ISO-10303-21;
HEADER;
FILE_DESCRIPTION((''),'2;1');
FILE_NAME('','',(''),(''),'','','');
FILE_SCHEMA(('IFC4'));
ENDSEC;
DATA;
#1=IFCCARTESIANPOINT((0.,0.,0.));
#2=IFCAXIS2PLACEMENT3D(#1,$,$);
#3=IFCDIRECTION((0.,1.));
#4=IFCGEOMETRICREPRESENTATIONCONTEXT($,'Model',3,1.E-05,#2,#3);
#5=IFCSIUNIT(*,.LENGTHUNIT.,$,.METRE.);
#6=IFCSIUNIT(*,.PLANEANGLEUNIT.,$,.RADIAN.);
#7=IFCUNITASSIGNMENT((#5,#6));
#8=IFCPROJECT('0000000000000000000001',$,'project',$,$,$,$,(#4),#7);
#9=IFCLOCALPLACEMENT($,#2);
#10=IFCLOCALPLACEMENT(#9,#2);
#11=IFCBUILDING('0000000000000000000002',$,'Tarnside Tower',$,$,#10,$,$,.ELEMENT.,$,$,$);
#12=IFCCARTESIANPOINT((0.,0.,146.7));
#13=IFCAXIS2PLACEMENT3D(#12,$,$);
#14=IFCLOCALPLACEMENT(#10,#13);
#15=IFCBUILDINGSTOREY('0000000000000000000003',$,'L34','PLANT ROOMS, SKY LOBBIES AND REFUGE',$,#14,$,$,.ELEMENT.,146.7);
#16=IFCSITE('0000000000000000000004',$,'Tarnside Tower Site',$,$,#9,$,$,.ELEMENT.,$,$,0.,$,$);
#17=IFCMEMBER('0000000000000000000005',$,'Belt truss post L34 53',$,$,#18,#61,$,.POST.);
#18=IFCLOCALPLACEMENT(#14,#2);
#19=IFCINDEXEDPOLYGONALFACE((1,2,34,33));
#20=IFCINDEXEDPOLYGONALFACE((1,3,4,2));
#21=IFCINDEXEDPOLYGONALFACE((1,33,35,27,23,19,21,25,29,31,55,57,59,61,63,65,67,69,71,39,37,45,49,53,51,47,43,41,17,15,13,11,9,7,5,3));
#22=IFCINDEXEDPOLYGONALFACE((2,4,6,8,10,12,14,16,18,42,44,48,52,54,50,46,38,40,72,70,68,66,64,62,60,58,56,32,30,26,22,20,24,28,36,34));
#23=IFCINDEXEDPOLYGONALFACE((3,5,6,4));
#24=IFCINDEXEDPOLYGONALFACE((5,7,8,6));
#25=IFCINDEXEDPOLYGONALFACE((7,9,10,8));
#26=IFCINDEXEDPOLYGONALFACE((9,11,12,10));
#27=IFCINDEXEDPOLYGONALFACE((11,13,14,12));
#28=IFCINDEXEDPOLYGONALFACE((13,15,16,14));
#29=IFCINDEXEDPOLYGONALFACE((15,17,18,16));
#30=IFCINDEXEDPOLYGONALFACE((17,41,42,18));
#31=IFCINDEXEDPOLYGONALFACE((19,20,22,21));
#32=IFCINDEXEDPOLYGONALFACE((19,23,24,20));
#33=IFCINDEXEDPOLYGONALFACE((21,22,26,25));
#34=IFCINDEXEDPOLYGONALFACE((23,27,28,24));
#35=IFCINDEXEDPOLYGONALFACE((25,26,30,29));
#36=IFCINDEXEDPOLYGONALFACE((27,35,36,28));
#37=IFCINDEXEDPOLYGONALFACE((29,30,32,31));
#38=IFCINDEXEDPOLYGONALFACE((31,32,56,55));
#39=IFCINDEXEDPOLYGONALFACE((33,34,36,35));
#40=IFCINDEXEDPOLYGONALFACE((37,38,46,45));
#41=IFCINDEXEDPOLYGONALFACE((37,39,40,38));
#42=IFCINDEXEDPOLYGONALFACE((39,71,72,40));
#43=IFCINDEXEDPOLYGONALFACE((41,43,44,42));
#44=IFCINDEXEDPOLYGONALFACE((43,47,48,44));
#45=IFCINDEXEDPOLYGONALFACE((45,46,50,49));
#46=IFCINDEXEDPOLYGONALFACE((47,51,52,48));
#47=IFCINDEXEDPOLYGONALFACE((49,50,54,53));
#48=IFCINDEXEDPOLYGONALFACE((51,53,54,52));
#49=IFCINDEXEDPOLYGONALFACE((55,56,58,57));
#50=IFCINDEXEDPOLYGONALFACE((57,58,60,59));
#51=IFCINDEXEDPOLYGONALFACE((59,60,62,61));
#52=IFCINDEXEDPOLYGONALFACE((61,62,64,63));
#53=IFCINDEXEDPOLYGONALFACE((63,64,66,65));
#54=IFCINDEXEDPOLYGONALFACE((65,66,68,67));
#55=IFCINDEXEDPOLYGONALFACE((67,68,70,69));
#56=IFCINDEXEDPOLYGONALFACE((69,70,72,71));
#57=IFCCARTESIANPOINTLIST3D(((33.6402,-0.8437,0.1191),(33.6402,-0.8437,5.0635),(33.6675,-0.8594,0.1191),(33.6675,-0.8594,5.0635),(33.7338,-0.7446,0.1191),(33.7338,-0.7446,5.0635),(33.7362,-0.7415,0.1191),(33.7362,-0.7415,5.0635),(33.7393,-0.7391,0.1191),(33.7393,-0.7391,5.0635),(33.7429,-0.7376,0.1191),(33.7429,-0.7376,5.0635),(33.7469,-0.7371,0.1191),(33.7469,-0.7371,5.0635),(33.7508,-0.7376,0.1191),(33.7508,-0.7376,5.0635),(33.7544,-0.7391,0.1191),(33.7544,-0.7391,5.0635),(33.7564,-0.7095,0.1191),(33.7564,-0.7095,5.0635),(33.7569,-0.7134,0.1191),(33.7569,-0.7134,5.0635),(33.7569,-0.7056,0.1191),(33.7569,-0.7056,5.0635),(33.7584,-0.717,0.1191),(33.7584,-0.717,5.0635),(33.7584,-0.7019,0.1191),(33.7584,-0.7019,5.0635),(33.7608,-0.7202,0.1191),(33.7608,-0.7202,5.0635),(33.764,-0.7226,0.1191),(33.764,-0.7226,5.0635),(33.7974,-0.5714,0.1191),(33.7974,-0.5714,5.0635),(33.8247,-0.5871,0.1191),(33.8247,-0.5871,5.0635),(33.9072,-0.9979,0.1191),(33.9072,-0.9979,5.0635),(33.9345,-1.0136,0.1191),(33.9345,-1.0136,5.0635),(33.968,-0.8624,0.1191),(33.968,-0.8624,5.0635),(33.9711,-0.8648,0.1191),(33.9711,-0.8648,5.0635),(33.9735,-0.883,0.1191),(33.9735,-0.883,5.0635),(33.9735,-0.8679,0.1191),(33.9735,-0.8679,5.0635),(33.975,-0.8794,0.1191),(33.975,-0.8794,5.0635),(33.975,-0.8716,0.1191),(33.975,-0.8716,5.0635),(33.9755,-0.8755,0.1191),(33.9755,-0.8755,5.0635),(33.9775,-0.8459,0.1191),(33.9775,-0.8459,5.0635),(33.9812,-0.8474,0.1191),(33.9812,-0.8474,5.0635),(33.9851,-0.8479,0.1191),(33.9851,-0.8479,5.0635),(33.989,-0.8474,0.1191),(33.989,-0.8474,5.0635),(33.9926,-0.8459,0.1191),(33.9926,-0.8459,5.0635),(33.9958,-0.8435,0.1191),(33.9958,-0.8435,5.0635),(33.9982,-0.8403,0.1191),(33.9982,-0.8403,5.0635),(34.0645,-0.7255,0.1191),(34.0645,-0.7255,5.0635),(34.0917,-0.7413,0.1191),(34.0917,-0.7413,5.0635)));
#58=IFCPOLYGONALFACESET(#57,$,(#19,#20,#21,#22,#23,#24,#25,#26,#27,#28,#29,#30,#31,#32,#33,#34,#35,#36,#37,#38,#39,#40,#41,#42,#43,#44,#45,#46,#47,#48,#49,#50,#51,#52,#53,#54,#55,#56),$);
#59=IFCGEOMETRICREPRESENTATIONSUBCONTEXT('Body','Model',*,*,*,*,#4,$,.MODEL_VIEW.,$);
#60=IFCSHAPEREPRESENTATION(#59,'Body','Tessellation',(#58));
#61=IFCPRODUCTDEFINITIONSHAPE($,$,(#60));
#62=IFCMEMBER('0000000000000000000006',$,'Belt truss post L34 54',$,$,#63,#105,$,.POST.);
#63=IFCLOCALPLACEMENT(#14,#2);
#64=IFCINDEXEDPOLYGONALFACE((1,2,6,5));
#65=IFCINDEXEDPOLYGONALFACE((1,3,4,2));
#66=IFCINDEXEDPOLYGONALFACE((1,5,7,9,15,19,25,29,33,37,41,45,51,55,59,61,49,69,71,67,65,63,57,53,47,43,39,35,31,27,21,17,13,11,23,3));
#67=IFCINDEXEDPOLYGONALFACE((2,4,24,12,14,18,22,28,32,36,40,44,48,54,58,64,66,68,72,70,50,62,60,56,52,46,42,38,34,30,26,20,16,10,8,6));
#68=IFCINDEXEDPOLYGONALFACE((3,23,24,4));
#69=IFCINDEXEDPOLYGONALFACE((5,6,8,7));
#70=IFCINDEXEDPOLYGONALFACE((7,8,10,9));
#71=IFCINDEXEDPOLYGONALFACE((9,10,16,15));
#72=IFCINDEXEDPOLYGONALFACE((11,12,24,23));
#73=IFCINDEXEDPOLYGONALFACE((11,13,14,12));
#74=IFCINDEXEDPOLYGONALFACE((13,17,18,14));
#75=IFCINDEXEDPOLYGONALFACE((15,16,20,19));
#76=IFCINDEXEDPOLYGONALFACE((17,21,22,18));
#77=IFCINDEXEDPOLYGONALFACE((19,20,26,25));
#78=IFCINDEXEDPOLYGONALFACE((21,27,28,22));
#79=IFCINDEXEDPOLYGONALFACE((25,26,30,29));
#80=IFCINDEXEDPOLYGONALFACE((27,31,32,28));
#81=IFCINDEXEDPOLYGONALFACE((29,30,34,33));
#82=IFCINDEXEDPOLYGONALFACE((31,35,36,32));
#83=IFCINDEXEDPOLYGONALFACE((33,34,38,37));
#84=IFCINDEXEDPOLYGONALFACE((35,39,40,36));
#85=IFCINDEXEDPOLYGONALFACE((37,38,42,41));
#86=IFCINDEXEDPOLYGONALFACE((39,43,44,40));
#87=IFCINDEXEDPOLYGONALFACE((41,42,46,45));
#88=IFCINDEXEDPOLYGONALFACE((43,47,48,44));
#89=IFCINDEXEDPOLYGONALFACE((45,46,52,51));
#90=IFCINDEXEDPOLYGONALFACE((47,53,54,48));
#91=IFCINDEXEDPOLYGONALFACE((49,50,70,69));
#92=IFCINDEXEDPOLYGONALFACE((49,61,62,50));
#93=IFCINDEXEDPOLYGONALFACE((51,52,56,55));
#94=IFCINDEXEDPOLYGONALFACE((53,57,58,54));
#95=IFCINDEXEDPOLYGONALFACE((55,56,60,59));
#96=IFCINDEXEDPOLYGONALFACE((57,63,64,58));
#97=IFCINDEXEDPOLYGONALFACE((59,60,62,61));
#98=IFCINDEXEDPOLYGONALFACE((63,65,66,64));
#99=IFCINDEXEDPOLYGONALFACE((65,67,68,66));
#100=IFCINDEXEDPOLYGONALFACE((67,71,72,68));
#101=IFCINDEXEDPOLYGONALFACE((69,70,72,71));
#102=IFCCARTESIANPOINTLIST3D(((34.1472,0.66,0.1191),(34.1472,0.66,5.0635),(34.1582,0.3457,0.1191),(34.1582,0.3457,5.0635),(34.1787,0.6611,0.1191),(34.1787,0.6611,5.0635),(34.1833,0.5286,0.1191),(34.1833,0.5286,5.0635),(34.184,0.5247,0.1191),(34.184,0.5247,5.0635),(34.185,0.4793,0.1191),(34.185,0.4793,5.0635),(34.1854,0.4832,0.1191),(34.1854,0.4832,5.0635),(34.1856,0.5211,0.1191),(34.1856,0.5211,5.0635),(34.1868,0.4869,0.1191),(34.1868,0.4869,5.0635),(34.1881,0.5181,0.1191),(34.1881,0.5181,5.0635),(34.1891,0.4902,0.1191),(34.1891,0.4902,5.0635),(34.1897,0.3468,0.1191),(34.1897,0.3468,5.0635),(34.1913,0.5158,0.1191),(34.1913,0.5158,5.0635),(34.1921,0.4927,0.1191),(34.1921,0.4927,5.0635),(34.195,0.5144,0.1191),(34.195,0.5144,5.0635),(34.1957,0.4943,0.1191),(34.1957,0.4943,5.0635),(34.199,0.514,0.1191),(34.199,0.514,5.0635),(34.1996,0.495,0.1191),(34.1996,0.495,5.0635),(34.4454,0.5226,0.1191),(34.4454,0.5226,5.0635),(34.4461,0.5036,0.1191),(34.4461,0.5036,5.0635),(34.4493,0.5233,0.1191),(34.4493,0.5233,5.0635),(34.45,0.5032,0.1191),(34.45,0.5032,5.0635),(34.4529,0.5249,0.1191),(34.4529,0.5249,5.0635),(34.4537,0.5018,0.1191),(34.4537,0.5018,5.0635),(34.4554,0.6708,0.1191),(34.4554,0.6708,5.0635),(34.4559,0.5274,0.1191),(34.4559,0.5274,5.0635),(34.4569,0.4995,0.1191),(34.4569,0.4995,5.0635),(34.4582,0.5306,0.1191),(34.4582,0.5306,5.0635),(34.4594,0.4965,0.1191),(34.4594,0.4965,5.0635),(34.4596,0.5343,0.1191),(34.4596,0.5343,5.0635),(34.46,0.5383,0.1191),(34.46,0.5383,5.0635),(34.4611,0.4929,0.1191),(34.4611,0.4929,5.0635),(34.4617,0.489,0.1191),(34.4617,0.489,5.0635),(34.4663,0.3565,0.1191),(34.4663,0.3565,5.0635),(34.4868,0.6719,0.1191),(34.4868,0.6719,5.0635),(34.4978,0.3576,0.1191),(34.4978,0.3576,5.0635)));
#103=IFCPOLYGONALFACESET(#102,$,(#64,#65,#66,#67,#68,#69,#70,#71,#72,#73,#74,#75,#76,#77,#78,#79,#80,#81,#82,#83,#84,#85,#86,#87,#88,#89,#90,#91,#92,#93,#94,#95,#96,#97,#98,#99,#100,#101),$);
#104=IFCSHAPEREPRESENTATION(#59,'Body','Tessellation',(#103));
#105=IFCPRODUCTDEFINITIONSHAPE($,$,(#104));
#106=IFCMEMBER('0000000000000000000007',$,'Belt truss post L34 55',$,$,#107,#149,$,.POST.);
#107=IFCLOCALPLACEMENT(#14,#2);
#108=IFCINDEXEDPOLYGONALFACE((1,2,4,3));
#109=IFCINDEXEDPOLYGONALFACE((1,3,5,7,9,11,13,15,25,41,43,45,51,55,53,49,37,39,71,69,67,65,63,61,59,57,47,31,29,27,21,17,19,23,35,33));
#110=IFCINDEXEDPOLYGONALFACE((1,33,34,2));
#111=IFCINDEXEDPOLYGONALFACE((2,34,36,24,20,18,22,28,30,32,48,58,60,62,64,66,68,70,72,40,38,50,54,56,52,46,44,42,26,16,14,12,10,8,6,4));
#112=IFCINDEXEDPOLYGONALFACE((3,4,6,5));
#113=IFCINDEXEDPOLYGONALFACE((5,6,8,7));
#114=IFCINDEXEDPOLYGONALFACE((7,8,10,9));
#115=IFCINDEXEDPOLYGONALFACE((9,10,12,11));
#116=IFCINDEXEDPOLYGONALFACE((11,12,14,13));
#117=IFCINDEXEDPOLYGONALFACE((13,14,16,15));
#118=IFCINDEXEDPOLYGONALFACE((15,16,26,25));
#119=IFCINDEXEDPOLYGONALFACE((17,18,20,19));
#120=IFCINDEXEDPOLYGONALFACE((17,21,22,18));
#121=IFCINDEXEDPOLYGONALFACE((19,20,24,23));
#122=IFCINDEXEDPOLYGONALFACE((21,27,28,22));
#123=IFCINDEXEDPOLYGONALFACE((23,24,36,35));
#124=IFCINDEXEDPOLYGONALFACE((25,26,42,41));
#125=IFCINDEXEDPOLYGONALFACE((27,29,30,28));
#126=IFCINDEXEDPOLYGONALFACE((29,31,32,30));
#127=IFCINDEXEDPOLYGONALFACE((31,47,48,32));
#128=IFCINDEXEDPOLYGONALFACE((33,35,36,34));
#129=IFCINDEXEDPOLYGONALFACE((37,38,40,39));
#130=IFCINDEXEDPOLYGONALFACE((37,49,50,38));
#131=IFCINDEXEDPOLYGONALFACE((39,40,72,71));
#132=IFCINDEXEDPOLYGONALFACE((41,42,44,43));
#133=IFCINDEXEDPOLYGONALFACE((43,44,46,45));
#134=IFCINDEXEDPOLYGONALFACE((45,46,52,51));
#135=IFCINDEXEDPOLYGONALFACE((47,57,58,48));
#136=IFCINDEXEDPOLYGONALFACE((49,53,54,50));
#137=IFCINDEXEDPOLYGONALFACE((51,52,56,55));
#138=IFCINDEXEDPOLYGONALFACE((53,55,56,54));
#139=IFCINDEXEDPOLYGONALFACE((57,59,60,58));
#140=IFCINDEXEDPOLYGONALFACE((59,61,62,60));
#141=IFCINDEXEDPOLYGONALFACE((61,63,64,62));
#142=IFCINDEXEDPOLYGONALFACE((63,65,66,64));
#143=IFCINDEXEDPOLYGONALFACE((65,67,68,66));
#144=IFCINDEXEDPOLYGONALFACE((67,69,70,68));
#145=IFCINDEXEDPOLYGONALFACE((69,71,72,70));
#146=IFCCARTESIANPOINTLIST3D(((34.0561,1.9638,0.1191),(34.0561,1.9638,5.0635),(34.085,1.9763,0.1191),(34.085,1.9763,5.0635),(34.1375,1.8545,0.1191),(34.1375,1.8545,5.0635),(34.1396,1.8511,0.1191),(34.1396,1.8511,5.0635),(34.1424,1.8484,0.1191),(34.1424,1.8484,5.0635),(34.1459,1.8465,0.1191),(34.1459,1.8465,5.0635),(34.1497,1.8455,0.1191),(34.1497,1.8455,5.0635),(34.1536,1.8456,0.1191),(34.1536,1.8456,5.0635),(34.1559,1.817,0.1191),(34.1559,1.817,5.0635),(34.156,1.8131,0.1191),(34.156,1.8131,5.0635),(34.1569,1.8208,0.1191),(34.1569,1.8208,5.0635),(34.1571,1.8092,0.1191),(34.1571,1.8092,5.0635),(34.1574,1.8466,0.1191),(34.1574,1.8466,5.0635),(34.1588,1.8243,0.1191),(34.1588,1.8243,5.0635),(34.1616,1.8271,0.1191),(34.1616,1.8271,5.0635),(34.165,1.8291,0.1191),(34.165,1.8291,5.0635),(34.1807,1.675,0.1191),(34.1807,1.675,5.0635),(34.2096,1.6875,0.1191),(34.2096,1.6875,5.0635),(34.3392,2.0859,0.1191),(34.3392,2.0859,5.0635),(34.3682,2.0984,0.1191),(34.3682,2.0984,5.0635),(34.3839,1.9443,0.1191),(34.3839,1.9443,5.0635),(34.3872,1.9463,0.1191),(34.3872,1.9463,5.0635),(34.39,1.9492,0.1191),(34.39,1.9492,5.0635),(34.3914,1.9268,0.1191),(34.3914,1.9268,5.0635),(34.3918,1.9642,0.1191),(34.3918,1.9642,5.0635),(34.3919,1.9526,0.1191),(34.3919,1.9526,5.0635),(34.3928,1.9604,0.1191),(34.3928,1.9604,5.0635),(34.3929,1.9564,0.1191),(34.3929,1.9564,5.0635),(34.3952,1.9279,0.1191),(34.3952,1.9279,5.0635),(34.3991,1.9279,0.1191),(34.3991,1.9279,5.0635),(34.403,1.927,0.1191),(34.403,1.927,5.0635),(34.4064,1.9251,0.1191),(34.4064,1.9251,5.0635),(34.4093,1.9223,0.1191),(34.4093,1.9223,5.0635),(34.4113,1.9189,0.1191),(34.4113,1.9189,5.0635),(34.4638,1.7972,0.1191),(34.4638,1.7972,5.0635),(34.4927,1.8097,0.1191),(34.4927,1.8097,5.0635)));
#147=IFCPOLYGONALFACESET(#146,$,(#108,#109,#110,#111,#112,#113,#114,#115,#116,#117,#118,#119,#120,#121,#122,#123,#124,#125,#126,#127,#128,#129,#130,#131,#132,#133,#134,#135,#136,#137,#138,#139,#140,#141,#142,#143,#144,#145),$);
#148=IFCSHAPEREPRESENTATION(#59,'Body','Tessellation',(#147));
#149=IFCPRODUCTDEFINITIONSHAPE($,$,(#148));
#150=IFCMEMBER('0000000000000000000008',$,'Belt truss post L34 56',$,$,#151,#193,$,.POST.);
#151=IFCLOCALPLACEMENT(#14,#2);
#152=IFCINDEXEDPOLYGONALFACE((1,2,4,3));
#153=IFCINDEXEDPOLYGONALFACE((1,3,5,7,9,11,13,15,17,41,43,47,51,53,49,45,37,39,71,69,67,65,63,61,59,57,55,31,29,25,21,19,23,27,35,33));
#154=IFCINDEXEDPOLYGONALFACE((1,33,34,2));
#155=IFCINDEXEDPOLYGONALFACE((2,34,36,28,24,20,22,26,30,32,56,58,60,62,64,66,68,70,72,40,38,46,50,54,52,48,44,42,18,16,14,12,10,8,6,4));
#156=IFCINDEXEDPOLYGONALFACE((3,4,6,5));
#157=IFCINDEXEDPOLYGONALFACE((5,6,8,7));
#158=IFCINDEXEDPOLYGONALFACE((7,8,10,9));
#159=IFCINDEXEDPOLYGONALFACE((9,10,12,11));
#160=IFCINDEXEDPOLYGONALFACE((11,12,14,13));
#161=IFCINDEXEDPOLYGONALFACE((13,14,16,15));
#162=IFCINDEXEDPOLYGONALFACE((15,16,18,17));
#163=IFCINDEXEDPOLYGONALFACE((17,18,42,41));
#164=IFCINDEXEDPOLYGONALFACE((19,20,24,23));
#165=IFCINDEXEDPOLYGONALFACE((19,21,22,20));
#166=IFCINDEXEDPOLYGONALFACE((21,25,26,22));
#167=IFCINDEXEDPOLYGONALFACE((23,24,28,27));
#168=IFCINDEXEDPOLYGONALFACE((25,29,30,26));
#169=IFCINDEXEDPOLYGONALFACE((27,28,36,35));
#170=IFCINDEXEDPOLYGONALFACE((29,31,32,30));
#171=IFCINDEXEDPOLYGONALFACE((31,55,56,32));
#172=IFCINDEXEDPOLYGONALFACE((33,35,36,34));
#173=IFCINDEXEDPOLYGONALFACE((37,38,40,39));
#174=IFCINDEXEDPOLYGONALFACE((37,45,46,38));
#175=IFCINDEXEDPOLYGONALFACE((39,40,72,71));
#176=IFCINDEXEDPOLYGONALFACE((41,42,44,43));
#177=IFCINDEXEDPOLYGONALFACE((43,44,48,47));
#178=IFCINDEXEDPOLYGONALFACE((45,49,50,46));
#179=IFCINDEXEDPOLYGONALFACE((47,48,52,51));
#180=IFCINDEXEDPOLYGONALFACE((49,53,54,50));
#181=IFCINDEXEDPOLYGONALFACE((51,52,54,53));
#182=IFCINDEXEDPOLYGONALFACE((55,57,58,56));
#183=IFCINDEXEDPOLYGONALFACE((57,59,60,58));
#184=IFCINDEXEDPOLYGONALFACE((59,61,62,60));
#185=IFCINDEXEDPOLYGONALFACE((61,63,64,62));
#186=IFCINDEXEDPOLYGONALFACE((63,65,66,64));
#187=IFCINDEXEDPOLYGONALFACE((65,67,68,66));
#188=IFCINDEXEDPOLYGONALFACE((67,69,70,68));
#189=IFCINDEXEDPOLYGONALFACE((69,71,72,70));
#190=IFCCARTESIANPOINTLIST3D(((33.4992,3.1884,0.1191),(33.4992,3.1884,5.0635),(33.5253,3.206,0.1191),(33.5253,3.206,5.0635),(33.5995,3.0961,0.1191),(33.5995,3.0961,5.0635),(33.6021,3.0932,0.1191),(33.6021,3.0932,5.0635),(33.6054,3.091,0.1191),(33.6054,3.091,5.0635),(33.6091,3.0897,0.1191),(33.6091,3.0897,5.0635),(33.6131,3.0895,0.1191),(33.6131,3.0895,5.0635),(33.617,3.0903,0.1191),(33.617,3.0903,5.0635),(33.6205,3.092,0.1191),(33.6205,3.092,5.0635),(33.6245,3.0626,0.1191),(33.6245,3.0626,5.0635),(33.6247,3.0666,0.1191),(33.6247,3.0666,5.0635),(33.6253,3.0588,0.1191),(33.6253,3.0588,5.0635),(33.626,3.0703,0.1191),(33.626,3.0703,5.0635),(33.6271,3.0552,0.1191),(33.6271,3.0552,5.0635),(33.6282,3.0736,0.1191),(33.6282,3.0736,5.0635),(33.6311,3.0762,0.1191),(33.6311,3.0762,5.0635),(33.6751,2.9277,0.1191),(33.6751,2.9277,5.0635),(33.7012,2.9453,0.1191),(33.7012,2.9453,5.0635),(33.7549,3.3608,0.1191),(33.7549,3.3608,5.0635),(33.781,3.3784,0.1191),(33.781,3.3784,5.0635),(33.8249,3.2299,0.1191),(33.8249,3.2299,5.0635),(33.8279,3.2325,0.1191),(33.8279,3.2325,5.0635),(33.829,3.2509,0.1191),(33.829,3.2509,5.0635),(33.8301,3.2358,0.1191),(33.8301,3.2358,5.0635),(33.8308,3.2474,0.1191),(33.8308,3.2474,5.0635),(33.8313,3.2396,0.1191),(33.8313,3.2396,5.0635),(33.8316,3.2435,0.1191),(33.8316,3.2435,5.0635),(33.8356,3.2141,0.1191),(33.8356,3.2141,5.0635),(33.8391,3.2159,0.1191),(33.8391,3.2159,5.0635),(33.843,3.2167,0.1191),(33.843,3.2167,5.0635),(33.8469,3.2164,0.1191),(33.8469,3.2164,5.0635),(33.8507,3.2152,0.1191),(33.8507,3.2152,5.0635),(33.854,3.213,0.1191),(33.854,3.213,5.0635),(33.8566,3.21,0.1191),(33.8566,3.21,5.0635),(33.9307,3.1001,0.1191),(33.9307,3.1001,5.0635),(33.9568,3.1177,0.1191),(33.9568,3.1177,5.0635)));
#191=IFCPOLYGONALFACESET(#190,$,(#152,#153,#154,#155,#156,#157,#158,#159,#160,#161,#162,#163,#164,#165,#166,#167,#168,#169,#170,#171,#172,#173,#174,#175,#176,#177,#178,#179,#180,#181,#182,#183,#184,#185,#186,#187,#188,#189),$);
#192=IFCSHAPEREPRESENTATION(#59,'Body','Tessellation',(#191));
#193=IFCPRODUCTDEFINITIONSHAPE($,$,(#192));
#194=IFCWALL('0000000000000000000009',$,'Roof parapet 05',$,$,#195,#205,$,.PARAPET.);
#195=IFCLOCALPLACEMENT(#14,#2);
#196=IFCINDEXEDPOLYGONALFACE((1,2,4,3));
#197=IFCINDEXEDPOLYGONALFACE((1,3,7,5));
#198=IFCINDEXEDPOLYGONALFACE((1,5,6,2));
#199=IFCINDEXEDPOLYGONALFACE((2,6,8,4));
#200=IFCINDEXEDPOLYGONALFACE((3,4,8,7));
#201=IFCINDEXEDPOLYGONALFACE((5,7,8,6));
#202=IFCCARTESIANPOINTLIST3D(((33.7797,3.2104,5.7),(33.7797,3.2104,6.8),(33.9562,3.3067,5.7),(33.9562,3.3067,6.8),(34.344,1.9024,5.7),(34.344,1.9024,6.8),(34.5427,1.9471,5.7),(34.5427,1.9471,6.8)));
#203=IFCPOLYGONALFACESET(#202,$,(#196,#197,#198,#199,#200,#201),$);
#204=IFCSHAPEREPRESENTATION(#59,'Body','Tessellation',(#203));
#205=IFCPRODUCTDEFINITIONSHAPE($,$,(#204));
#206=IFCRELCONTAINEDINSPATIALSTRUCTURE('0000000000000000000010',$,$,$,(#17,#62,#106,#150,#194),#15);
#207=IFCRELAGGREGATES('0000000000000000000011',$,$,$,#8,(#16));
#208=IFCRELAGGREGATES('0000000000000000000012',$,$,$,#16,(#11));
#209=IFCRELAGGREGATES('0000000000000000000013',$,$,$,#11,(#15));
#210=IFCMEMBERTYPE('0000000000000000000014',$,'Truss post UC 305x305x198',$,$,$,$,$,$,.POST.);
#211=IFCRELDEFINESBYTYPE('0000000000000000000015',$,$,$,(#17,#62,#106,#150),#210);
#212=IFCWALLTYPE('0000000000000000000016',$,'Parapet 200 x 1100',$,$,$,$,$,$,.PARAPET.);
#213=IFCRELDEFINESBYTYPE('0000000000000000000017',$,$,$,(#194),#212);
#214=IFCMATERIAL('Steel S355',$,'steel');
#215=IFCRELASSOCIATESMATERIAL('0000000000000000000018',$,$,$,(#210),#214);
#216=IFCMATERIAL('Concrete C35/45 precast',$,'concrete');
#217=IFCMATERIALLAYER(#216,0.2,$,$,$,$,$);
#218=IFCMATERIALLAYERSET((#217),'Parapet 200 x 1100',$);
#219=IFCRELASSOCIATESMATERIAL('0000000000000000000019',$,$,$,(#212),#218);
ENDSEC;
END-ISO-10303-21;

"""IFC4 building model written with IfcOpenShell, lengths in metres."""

from ifc_helpers import new_model, si_unit, direction, frame, origin, origin_2d, place, context, subcontext, project, spatial, polyline, i_section, outline, extrude, material, layer, layer_set, material_profile, profile_set, type_object, element, save


model = new_model("IFC4")

# Units and contexts
model_context = context("Model", 3, precision=1e-05, world=origin(), true_north=direction((0.0, 1.0)))
body_context = subcontext(model_context, "Body", "Model", "MODEL_VIEW")
ifc_project = project(units=[si_unit("LENGTHUNIT", "METRE"), si_unit("PLANEANGLEUNIT", "RADIAN")], contexts=[model_context])

# Site, building, storey
site_placement = place(None, origin())
site = spatial("IfcSite", under=ifc_project, at=site_placement, Name="Tarnside Tower Site", CompositionType="ELEMENT", RefElevation=0.0)
building_placement = place(site_placement, origin())
building = spatial("IfcBuilding", under=site, at=building_placement, Name="Tarnside Tower", CompositionType="ELEMENT")
storey_placement = place(building_placement, frame((0.0, 0.0, 146.7)))
storey = spatial("IfcBuildingStorey", under=building, at=storey_placement, Name="L34", Description="PLANT ROOMS, SKY LOBBIES AND REFUGE", CompositionType="ELEMENT", Elevation=146.7)

# Shared definitions
ifc_material_1 = material(Name="Steel S355", Category="steel")

# Members
ifc_material_profile_1 = material_profile(ifc_material_1, i_section(OverallWidth=0.3145, OverallDepth=0.3398, WebThickness=0.019, FlangeThickness=0.0315, FilletRadius=0.0151, at=origin_2d()), Name="UC 305x305x198")
ifc_profile_set_1 = profile_set([ifc_material_profile_1], Name="Steel S355")
member_type_1 = type_object("IfcMemberType", Name="Truss post UC 305x305x198", PredefinedType="POST", material=ifc_profile_set_1)
for number, where, z_axis, x_axis, name in (
    (1, (33.866, -0.7925, 0.1191), (0.0, 0.0, 1.0), (0.5, 0.866025, 0.0), "Belt truss post L34 53"),
    (2, (34.3225, 0.5088, 0.1191), (0.0, 0.0, 1.0), (-0.034899, 0.999391, 0.0), "Belt truss post L34 54"),
    (3, (34.2744, 1.8867, 0.1191), (0.0, 0.0, 1.0), (-0.39608, 0.918216, 0.0), "Belt truss post L34 55"),
    (4, (33.728, 3.1531, 0.1191), (0.0, 0.0, 1.0), (-0.559193, 0.829038, 0.0), "Belt truss post L34 56"),
):
    element("IfcMember", number, at=place(storey_placement, frame(where, z_axis=z_axis, x_axis=x_axis)), inside=storey, type_object=member_type_1, Name=name, PredefinedType="POST", context=body_context, shape_type="SweptSolid", body=[
        extrude(i_section(OverallWidth=0.3145, OverallDepth=0.3398, WebThickness=0.019, FlangeThickness=0.0315, FilletRadius=0.0151, at=origin_2d()), origin(), (0.0, 0.0, 1.0), 4.9443),
    ])

# Wall
ifc_material_2 = material(Name="Concrete C35/45 precast", Category="concrete")
ifc_layer_1 = layer(ifc_material_2, 0.2)
ifc_layer_set_1 = layer_set([ifc_layer_1], Name="Parapet 200 x 1100")
wall_type_1 = type_object("IfcWallType", Name="Parapet 200 x 1100", PredefinedType="PARAPET", material=ifc_layer_set_1)
wall_1_placement = place(storey_placement, frame((33.8679, 3.2585, 5.7), z_axis=(0.0, 0.0, 1.0), x_axis=(0.396149, -0.918186, 0.0)))
element("IfcWall", 5, at=wall_1_placement, inside=storey, type_object=wall_type_1, Name="Roof parapet 05", PredefinedType="PARAPET", context=body_context, shape_type="SweptSolid", body=[
    extrude(outline(polyline([(0.0093, -0.1001), (1.4338, -0.1001), (1.4714, 0.1001), (-0.0093, 0.1001), (0.0093, -0.1001)])), origin(), (0.0, 0.0, 1.0), 1.1001),
])

save(model, "model.ifc")
